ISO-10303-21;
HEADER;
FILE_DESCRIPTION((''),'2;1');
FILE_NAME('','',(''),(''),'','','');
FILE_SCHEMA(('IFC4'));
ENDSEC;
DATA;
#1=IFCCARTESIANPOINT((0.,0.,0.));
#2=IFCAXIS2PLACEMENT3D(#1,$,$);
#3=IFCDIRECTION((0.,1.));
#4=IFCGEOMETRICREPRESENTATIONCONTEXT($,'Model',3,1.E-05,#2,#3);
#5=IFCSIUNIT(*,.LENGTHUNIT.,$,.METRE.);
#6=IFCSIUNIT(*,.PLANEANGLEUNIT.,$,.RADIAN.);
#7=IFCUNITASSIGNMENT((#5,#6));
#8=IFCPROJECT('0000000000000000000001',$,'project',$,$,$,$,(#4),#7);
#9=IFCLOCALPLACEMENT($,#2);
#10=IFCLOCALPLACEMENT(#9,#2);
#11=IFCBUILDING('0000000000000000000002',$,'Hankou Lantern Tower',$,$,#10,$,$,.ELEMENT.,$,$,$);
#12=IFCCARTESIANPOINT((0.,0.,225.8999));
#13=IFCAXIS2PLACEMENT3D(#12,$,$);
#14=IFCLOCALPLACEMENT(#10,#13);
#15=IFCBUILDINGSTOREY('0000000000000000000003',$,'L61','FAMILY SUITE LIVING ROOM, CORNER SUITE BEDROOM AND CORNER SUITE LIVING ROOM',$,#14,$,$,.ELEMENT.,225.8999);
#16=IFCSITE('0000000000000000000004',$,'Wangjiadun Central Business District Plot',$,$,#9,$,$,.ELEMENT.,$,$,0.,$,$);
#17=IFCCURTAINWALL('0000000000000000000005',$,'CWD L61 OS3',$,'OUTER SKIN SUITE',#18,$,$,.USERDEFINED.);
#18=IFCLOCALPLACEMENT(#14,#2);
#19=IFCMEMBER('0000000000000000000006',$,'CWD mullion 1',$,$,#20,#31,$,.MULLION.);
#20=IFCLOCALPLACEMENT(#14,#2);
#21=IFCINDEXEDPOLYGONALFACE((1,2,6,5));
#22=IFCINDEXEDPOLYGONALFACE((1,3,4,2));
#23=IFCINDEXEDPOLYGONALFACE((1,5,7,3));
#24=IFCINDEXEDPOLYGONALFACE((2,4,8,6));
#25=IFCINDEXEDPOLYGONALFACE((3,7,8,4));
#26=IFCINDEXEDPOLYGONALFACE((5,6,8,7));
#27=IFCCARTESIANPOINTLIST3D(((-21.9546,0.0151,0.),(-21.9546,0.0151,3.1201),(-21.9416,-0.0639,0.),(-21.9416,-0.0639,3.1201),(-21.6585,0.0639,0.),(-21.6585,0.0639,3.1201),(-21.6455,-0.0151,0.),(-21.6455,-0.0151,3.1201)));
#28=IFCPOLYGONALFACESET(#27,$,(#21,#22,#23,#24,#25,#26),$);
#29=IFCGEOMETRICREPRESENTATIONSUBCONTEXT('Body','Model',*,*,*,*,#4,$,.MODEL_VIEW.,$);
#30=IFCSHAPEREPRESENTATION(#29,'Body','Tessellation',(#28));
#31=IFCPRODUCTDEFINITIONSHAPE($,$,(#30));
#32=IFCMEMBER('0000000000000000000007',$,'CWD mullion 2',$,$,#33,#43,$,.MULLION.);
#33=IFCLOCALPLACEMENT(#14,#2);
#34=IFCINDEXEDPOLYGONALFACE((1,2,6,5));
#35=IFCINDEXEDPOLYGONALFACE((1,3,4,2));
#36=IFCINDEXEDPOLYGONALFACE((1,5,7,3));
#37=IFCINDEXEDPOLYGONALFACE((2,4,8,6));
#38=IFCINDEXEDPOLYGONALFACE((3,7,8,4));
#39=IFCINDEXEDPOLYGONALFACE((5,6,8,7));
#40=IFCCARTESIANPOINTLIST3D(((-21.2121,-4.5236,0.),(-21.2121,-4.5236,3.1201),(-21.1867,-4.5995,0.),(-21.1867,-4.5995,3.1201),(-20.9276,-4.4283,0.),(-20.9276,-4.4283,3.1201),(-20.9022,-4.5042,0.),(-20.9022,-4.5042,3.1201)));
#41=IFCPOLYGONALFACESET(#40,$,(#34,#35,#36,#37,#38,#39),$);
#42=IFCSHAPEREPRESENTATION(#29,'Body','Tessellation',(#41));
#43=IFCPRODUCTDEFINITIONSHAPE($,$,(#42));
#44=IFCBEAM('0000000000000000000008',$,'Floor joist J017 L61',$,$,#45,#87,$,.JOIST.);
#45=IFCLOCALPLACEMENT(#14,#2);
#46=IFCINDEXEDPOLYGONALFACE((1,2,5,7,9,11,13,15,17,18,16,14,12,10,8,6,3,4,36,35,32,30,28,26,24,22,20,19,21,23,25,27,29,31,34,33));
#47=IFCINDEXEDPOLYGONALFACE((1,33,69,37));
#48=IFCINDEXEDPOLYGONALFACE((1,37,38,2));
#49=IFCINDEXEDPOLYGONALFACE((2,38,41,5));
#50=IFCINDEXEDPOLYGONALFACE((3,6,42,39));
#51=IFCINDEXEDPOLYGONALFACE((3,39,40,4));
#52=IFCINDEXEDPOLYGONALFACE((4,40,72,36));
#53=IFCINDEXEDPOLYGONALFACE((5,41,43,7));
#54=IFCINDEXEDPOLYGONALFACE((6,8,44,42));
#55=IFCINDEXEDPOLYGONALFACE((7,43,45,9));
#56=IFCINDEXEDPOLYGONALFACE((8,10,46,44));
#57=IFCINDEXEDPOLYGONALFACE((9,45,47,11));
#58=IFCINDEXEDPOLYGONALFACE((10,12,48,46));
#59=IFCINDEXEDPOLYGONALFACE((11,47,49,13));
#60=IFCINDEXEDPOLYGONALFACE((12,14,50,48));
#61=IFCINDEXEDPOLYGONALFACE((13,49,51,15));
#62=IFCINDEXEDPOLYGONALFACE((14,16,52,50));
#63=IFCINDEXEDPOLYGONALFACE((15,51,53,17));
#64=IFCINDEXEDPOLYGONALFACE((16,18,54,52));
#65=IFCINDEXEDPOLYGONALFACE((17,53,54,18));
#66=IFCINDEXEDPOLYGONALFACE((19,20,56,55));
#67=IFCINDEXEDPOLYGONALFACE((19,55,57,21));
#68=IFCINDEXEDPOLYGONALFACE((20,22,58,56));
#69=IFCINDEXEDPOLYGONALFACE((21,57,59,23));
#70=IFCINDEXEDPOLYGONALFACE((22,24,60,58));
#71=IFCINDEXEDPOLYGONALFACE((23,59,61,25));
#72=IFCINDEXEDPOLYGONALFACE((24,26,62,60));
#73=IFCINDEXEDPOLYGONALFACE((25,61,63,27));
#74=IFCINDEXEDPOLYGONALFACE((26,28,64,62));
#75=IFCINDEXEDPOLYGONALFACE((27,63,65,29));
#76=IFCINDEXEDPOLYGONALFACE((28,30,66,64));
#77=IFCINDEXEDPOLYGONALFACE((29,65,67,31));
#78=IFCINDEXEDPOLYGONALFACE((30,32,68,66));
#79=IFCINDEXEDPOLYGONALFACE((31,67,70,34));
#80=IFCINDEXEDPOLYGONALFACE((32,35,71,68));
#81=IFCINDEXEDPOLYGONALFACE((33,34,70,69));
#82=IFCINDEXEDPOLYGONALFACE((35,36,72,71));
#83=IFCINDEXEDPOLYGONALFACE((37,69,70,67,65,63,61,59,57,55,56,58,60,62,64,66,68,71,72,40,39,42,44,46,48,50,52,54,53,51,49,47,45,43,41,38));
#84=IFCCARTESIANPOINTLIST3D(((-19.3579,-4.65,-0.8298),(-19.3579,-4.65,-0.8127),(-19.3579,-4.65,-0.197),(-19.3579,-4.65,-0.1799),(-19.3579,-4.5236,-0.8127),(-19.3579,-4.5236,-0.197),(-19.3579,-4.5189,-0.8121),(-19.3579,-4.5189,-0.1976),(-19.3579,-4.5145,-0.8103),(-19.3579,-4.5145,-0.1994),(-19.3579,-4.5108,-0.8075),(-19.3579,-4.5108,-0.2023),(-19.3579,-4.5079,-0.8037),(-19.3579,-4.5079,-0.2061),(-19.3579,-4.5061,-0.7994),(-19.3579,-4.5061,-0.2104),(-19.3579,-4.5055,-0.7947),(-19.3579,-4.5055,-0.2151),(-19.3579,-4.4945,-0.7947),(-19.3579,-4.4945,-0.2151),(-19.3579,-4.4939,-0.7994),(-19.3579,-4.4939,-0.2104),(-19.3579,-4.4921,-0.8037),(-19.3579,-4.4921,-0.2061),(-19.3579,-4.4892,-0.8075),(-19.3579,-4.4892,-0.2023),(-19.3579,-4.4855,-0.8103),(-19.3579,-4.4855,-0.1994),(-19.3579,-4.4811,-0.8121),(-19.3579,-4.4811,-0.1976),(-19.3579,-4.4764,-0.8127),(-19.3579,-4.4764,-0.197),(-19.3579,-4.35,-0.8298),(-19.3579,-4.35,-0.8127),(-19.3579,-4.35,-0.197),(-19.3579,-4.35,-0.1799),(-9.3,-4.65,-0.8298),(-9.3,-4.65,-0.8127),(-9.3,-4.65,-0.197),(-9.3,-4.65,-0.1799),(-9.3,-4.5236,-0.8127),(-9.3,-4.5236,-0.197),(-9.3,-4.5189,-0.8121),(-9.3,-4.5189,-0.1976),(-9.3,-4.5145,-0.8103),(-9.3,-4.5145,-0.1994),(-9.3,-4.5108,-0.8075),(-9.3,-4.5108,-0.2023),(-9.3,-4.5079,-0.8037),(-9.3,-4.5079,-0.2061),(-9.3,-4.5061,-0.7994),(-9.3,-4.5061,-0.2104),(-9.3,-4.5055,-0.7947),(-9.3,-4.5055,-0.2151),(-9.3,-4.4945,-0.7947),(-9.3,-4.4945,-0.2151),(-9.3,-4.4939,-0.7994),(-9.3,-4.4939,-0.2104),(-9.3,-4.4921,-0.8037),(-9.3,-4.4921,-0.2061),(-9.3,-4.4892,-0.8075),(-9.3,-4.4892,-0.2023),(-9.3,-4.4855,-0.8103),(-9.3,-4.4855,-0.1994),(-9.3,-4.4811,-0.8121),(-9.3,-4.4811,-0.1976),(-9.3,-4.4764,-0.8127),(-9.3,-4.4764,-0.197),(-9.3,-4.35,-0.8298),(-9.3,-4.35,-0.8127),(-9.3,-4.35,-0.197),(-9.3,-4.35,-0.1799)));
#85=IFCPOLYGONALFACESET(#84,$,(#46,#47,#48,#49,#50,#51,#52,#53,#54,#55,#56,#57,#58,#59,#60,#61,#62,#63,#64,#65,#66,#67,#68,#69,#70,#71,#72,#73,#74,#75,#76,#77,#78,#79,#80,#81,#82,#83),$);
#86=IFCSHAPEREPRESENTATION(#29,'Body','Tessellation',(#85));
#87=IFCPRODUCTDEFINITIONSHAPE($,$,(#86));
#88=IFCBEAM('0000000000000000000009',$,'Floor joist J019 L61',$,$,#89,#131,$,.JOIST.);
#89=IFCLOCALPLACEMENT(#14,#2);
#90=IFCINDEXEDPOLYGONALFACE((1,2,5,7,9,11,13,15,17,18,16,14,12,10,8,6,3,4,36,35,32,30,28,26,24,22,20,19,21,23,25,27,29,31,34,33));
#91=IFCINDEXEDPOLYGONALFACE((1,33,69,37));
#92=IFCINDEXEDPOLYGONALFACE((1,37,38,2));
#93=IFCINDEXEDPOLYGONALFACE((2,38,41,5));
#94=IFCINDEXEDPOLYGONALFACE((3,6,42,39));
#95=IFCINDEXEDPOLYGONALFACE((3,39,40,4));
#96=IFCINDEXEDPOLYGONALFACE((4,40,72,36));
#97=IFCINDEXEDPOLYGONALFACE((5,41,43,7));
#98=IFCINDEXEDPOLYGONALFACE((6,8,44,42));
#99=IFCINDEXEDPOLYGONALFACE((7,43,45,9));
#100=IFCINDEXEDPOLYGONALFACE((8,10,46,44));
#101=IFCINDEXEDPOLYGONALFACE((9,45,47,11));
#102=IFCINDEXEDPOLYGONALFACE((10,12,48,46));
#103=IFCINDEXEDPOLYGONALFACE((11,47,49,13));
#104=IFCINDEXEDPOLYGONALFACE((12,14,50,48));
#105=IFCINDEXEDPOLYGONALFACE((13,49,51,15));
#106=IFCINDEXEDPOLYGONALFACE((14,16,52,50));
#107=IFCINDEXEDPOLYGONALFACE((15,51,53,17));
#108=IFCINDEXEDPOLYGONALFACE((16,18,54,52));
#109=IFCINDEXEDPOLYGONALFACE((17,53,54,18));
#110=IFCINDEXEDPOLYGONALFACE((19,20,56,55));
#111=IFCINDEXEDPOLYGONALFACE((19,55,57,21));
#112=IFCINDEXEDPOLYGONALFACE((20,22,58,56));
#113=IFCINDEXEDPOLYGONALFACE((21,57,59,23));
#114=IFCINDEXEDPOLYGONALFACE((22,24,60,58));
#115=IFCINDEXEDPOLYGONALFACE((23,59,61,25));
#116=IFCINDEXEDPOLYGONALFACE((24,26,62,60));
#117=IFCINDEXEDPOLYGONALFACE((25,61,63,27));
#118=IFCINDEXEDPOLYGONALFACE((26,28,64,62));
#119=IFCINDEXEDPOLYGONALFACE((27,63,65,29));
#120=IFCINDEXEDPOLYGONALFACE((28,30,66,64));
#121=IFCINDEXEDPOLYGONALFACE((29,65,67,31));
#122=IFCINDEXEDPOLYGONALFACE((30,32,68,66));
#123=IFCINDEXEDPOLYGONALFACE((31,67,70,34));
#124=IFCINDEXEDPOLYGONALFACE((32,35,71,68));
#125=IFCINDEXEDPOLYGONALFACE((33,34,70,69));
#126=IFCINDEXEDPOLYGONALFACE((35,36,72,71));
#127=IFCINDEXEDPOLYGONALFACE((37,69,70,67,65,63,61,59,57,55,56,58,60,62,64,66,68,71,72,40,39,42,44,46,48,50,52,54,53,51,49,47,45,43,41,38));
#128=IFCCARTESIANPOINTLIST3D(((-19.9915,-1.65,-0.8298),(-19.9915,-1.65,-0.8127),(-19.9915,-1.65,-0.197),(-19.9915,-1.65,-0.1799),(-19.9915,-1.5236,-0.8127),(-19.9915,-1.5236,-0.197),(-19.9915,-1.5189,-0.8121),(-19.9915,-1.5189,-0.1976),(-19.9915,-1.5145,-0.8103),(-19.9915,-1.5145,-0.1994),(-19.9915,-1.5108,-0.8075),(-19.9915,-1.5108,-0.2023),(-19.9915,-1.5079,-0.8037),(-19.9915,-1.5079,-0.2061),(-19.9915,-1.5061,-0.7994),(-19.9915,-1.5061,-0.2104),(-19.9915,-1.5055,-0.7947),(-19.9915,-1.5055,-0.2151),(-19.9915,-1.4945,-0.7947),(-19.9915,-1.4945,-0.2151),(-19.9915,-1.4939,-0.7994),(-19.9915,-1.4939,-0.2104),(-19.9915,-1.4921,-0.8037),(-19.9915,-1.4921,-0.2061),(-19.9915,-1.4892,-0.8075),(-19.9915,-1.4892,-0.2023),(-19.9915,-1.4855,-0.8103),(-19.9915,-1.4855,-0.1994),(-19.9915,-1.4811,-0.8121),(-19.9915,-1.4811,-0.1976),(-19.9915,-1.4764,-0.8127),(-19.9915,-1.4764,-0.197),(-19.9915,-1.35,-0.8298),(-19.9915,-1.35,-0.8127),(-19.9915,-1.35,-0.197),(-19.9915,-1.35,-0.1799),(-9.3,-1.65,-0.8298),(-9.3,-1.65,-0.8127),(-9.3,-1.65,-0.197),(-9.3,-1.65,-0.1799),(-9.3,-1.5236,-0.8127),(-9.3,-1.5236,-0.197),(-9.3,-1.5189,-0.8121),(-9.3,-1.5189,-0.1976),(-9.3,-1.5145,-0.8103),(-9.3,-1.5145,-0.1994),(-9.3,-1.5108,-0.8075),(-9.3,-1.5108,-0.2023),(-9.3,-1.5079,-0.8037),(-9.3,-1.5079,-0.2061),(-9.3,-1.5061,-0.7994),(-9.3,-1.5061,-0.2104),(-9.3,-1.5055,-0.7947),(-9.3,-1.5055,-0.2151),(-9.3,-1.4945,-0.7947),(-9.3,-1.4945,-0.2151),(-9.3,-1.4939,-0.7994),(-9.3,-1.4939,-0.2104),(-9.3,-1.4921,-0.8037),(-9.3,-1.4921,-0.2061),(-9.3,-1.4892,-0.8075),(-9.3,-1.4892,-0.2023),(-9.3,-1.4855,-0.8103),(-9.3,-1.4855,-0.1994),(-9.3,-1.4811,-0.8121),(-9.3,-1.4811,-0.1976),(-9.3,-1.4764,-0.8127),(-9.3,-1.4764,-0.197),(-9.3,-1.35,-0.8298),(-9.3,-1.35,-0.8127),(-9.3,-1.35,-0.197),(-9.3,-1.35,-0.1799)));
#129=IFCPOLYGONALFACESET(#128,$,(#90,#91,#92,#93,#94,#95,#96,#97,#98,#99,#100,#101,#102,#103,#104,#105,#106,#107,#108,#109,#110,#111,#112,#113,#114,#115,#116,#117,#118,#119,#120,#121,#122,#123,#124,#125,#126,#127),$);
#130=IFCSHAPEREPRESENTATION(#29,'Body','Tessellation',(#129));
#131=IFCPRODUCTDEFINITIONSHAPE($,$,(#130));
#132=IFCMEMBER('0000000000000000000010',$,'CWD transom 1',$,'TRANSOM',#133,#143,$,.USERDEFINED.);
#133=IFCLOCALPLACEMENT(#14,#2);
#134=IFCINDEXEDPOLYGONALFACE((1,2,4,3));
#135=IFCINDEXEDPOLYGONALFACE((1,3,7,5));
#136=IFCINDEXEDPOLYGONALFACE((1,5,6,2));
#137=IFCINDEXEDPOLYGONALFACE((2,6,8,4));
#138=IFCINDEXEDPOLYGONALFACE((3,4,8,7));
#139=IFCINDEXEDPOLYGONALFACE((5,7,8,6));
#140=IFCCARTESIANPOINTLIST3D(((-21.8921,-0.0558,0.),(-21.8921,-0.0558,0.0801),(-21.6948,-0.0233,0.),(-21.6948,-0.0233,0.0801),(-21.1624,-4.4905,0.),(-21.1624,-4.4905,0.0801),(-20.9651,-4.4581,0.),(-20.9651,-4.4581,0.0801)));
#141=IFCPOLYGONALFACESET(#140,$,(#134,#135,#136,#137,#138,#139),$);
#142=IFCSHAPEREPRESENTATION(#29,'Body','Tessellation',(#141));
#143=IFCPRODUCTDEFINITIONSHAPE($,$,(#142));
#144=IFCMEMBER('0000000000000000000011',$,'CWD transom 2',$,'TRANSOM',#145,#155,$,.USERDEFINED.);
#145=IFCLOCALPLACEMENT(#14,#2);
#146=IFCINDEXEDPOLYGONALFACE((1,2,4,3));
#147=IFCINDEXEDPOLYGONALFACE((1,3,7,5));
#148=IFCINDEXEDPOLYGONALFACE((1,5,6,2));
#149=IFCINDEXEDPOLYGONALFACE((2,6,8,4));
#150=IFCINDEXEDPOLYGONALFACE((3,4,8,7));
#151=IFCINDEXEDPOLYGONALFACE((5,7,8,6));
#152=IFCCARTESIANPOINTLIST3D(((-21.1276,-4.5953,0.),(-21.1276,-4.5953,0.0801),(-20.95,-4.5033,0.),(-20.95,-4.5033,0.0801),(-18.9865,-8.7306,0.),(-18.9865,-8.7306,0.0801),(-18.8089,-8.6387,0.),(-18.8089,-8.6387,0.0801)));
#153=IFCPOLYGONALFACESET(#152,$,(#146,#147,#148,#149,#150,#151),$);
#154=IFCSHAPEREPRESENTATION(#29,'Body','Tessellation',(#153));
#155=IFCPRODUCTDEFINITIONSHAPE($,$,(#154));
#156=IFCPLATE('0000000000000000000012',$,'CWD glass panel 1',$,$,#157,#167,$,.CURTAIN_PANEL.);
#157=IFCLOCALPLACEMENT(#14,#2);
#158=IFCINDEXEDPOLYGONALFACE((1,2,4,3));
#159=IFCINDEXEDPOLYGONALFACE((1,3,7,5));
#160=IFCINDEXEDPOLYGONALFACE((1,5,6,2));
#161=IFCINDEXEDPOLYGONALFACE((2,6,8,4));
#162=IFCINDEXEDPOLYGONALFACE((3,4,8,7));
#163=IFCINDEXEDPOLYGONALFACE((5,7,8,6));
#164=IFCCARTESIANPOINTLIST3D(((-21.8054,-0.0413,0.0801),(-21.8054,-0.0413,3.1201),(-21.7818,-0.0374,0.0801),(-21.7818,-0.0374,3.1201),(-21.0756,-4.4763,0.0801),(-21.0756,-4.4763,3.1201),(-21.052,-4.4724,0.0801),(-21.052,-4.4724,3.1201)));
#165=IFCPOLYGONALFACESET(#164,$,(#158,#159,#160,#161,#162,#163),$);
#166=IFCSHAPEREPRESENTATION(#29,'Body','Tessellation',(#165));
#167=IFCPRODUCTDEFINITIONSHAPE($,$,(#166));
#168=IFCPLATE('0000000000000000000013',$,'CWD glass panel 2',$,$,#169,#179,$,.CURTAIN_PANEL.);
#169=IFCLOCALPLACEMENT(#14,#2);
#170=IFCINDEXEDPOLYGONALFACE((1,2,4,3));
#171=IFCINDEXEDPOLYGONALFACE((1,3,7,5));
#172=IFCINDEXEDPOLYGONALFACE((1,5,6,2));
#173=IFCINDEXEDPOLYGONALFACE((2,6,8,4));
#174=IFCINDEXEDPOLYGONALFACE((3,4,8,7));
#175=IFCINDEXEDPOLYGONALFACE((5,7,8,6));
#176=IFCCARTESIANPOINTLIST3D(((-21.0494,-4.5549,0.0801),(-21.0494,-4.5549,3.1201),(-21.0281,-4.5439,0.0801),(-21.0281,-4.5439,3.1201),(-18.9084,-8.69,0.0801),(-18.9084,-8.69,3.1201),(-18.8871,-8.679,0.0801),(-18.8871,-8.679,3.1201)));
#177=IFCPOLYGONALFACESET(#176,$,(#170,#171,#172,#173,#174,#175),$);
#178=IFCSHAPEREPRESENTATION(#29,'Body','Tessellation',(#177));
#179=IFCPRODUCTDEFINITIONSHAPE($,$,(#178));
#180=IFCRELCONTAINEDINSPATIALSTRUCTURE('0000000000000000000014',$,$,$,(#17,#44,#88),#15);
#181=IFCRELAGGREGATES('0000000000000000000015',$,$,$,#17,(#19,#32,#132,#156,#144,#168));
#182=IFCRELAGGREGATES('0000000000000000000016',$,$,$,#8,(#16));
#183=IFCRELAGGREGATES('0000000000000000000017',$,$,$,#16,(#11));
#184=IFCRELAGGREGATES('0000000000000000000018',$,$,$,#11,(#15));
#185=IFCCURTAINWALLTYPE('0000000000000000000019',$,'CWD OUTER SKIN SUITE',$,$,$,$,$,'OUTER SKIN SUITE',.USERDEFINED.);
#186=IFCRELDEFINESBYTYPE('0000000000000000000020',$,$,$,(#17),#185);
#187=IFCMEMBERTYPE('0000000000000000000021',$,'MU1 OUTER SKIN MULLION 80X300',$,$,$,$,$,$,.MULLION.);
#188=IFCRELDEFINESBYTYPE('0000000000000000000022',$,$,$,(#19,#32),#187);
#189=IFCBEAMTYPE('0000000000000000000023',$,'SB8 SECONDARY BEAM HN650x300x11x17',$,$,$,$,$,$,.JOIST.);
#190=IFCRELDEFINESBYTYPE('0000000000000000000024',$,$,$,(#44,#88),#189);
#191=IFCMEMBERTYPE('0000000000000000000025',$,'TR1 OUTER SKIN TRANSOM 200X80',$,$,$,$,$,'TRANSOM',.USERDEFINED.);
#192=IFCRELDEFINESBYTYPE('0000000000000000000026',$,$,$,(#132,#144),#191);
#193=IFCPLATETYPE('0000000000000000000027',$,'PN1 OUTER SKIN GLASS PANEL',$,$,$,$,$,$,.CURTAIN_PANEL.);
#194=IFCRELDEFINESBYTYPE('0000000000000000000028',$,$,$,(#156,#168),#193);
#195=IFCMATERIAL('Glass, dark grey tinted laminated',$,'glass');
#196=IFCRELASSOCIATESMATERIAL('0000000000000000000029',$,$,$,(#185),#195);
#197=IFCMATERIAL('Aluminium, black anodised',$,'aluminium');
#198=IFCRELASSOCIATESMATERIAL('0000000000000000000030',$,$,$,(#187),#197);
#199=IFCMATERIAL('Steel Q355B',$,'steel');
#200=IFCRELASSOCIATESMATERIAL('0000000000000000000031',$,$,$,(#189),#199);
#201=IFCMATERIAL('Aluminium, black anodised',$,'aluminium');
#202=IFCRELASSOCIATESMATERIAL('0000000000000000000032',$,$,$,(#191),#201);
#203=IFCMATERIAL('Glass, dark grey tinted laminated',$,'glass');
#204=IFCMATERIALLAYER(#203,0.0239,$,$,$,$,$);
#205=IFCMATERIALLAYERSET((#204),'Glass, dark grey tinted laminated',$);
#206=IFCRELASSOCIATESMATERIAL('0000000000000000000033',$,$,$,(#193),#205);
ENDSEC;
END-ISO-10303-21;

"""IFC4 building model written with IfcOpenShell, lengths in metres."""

from ifc_helpers import new_model, si_unit, direction, frame, origin, origin_2d, place, context, subcontext, project, spatial, rectangle, i_section, extrude, material, layer, layer_set, material_profile, profile_set, type_object, element, aggregate, save


model = new_model("IFC4")

# Units and contexts
model_context = context("Model", 3, precision=1e-05, world=origin(), true_north=direction((0.0, 1.0)))
body_context = subcontext(model_context, "Body", "Model", "MODEL_VIEW")
ifc_project = project(units=[si_unit("LENGTHUNIT", "METRE"), si_unit("PLANEANGLEUNIT", "RADIAN")], contexts=[model_context])

# Site, building, storey
site_placement = place(None, origin())
site = spatial("IfcSite", under=ifc_project, at=site_placement, Name="Wangjiadun Central Business District Plot", CompositionType="ELEMENT", RefElevation=0.0)
building_placement = place(site_placement, origin())
building = spatial("IfcBuilding", under=site, at=building_placement, Name="Hankou Lantern Tower", CompositionType="ELEMENT")
storey_placement = place(building_placement, frame((0.0, 0.0, 225.8999)))
storey = spatial("IfcBuildingStorey", under=building, at=storey_placement, Name="L61", Description="FAMILY SUITE LIVING ROOM, CORNER SUITE BEDROOM AND CORNER SUITE LIVING ROOM", CompositionType="ELEMENT", Elevation=225.8999)

# Curtain wall, members
ifc_material_1 = material(Name="Glass, dark grey tinted laminated", Category="glass")
curtain_wall_type = type_object("IfcCurtainWallType", Name="CWD OUTER SKIN SUITE", ElementType="OUTER SKIN SUITE", PredefinedType="USERDEFINED", material=ifc_material_1)
curtain_wall_placement = place(storey_placement, origin())
curtain_wall = element("IfcCurtainWall", 1, at=curtain_wall_placement, inside=storey, type_object=curtain_wall_type, Name="CWD L61 OS3", ObjectType="OUTER SKIN SUITE", PredefinedType="USERDEFINED")
ifc_material_2 = material(Name="Aluminium, black anodised", Category="aluminium")
ifc_material_profile_1 = material_profile(ifc_material_2, rectangle(XDim=0.0801, YDim=0.3, at=origin_2d()), Name="MU1 80X300")
ifc_profile_set_1 = profile_set([ifc_material_profile_1], Name="Aluminium, black anodised")
member_type_1 = type_object("IfcMemberType", Name="MU1 OUTER SKIN MULLION 80X300", PredefinedType="MULLION", material=ifc_profile_set_1)
member_1_placement = place(storey_placement, frame((-21.8, 0.0, 0.0), z_axis=(0.0, 0.0, 1.0), x_axis=(0.162382, -0.986728, 0.0)))
member_1 = element("IfcMember", 2, at=member_1_placement, type_object=member_type_1, Name="CWD mullion 1", PredefinedType="MULLION", context=body_context, shape_type="SweptSolid", body=[
    extrude(rectangle(XDim=0.0801, YDim=0.3, at=origin_2d()), origin(), (0.0, 0.0, 1.0), 3.1201),
])
member_2_placement = place(storey_placement, frame((-21.0571, -4.5139, 0.0), z_axis=(0.0, 0.0, 1.0), x_axis=(0.317596, -0.948226, 0.0)))
member_2 = element("IfcMember", 3, at=member_2_placement, type_object=member_type_1, Name="CWD mullion 2", PredefinedType="MULLION", context=body_context, shape_type="SweptSolid", body=[
    extrude(rectangle(XDim=0.0801, YDim=0.3, at=origin_2d()), origin(), (0.0, 0.0, 1.0), 3.1201),
])

# Beams
ifc_material_3 = material(Name="Steel Q355B", Category="steel")
ifc_material_profile_2 = material_profile(ifc_material_3, i_section(OverallWidth=0.3, OverallDepth=0.6499, WebThickness=0.011, FlangeThickness=0.0171, FilletRadius=0.0181, at=origin_2d()), Name="HN650x300x11x17")
ifc_profile_set_2 = profile_set([ifc_material_profile_2], Name="Steel Q355B")
beam_type_1 = type_object("IfcBeamType", Name="SB8 SECONDARY BEAM HN650x300x11x17", PredefinedType="JOIST", material=ifc_profile_set_2)
beam_1_placement = place(storey_placement, frame((-19.3579, -4.5, -0.5049), z_axis=(1.0, 0.0, 0.0), x_axis=(0.0, 1.0, 0.0)))
element("IfcBeam", 4, at=beam_1_placement, inside=storey, type_object=beam_type_1, Name="Floor joist J017 L61", PredefinedType="JOIST", context=body_context, shape_type="SweptSolid", body=[
    extrude(i_section(OverallWidth=0.3, OverallDepth=0.6499, WebThickness=0.011, FlangeThickness=0.0171, FilletRadius=0.0181, at=origin_2d()), origin(), (0.0, 0.0, 1.0), 10.0579),
])
beam_2_placement = place(storey_placement, frame((-19.9915, -1.5, -0.5049), z_axis=(1.0, 0.0, 0.0), x_axis=(0.0, 1.0, 0.0)))
element("IfcBeam", 5, at=beam_2_placement, inside=storey, type_object=beam_type_1, Name="Floor joist J019 L61", PredefinedType="JOIST", context=body_context, shape_type="SweptSolid", body=[
    extrude(i_section(OverallWidth=0.3, OverallDepth=0.6499, WebThickness=0.011, FlangeThickness=0.0171, FilletRadius=0.0181, at=origin_2d()), origin(), (0.0, 0.0, 1.0), 10.6914),
])

# Members
ifc_material_4 = material(Name="Aluminium, black anodised", Category="aluminium")
ifc_material_profile_3 = material_profile(ifc_material_4, rectangle(XDim=0.2, YDim=0.0801, at=origin_2d()), Name="TR1 200X80")
ifc_profile_set_3 = profile_set([ifc_material_profile_3], Name="Aluminium, black anodised")
member_type_2 = type_object("IfcMemberType", Name="TR1 OUTER SKIN TRANSOM 200X80", ElementType="TRANSOM", PredefinedType="USERDEFINED", material=ifc_profile_set_3)
member_3_placement = place(storey_placement, frame((-21.7935, -0.0396, 0.04), z_axis=(0.162364, -0.986731, 0.0), x_axis=(0.986731, 0.162364, 0.0)))
member_3 = element("IfcMember", 6, at=member_3_placement, type_object=member_type_2, Name="CWD transom 1", ObjectType="TRANSOM", PredefinedType="USERDEFINED", context=body_context, shape_type="SweptSolid", body=[
    extrude(rectangle(XDim=0.2, YDim=0.0801, at=origin_2d()), origin(), (0.0, 0.0, 1.0), 4.4944),
])
member_4_placement = place(storey_placement, frame((-21.0388, -4.5493, 0.04), z_axis=(0.459794, -0.888026, 0.0), x_axis=(0.888026, 0.459794, 0.0)))
member_4 = element("IfcMember", 7, at=member_4_placement, type_object=member_type_2, Name="CWD transom 2", ObjectType="TRANSOM", PredefinedType="USERDEFINED", context=body_context, shape_type="SweptSolid", body=[
    extrude(rectangle(XDim=0.2, YDim=0.0801, at=origin_2d()), origin(), (0.0, 0.0, 1.0), 4.6567),
])

# Plates
ifc_material_5 = material(Name="Glass, dark grey tinted laminated", Category="glass")
ifc_layer_1 = layer(ifc_material_5, 0.0239)
ifc_layer_set_1 = layer_set([ifc_layer_1], Name="Glass, dark grey tinted laminated")
plate_type = type_object("IfcPlateType", Name="PN1 OUTER SKIN GLASS PANEL", PredefinedType="CURTAIN_PANEL", material=ifc_layer_set_1)
plate_1_placement = place(storey_placement, frame((-21.4287, -2.2568, 0.0801), z_axis=(0.0, 0.0, 1.0), x_axis=(0.162382, -0.986728, 0.0)))
plate_1 = element("IfcPlate", 8, at=plate_1_placement, type_object=plate_type, Name="CWD glass panel 1", PredefinedType="CURTAIN_PANEL", context=body_context, shape_type="SweptSolid", body=[
    extrude(rectangle(XDim=4.4946, YDim=0.0239, at=origin_2d()), origin(), (0.0, 0.0, 1.0), 3.04),
])
plate_2_placement = place(storey_placement, frame((-19.9683, -6.6169, 0.0801), z_axis=(0.0, 0.0, 1.0), x_axis=(0.459791, -0.888027, 0.0)))
plate_2 = element("IfcPlate", 9, at=plate_2_placement, type_object=plate_type, Name="CWD glass panel 2", PredefinedType="CURTAIN_PANEL", context=body_context, shape_type="SweptSolid", body=[
    extrude(rectangle(XDim=4.6565, YDim=0.0239, at=origin_2d()), origin(), (0.0, 0.0, 1.0), 3.04),
])
aggregate(curtain_wall, [member_1, member_2, member_3, plate_1, member_4, plate_2])

save(model, "model.ifc")
